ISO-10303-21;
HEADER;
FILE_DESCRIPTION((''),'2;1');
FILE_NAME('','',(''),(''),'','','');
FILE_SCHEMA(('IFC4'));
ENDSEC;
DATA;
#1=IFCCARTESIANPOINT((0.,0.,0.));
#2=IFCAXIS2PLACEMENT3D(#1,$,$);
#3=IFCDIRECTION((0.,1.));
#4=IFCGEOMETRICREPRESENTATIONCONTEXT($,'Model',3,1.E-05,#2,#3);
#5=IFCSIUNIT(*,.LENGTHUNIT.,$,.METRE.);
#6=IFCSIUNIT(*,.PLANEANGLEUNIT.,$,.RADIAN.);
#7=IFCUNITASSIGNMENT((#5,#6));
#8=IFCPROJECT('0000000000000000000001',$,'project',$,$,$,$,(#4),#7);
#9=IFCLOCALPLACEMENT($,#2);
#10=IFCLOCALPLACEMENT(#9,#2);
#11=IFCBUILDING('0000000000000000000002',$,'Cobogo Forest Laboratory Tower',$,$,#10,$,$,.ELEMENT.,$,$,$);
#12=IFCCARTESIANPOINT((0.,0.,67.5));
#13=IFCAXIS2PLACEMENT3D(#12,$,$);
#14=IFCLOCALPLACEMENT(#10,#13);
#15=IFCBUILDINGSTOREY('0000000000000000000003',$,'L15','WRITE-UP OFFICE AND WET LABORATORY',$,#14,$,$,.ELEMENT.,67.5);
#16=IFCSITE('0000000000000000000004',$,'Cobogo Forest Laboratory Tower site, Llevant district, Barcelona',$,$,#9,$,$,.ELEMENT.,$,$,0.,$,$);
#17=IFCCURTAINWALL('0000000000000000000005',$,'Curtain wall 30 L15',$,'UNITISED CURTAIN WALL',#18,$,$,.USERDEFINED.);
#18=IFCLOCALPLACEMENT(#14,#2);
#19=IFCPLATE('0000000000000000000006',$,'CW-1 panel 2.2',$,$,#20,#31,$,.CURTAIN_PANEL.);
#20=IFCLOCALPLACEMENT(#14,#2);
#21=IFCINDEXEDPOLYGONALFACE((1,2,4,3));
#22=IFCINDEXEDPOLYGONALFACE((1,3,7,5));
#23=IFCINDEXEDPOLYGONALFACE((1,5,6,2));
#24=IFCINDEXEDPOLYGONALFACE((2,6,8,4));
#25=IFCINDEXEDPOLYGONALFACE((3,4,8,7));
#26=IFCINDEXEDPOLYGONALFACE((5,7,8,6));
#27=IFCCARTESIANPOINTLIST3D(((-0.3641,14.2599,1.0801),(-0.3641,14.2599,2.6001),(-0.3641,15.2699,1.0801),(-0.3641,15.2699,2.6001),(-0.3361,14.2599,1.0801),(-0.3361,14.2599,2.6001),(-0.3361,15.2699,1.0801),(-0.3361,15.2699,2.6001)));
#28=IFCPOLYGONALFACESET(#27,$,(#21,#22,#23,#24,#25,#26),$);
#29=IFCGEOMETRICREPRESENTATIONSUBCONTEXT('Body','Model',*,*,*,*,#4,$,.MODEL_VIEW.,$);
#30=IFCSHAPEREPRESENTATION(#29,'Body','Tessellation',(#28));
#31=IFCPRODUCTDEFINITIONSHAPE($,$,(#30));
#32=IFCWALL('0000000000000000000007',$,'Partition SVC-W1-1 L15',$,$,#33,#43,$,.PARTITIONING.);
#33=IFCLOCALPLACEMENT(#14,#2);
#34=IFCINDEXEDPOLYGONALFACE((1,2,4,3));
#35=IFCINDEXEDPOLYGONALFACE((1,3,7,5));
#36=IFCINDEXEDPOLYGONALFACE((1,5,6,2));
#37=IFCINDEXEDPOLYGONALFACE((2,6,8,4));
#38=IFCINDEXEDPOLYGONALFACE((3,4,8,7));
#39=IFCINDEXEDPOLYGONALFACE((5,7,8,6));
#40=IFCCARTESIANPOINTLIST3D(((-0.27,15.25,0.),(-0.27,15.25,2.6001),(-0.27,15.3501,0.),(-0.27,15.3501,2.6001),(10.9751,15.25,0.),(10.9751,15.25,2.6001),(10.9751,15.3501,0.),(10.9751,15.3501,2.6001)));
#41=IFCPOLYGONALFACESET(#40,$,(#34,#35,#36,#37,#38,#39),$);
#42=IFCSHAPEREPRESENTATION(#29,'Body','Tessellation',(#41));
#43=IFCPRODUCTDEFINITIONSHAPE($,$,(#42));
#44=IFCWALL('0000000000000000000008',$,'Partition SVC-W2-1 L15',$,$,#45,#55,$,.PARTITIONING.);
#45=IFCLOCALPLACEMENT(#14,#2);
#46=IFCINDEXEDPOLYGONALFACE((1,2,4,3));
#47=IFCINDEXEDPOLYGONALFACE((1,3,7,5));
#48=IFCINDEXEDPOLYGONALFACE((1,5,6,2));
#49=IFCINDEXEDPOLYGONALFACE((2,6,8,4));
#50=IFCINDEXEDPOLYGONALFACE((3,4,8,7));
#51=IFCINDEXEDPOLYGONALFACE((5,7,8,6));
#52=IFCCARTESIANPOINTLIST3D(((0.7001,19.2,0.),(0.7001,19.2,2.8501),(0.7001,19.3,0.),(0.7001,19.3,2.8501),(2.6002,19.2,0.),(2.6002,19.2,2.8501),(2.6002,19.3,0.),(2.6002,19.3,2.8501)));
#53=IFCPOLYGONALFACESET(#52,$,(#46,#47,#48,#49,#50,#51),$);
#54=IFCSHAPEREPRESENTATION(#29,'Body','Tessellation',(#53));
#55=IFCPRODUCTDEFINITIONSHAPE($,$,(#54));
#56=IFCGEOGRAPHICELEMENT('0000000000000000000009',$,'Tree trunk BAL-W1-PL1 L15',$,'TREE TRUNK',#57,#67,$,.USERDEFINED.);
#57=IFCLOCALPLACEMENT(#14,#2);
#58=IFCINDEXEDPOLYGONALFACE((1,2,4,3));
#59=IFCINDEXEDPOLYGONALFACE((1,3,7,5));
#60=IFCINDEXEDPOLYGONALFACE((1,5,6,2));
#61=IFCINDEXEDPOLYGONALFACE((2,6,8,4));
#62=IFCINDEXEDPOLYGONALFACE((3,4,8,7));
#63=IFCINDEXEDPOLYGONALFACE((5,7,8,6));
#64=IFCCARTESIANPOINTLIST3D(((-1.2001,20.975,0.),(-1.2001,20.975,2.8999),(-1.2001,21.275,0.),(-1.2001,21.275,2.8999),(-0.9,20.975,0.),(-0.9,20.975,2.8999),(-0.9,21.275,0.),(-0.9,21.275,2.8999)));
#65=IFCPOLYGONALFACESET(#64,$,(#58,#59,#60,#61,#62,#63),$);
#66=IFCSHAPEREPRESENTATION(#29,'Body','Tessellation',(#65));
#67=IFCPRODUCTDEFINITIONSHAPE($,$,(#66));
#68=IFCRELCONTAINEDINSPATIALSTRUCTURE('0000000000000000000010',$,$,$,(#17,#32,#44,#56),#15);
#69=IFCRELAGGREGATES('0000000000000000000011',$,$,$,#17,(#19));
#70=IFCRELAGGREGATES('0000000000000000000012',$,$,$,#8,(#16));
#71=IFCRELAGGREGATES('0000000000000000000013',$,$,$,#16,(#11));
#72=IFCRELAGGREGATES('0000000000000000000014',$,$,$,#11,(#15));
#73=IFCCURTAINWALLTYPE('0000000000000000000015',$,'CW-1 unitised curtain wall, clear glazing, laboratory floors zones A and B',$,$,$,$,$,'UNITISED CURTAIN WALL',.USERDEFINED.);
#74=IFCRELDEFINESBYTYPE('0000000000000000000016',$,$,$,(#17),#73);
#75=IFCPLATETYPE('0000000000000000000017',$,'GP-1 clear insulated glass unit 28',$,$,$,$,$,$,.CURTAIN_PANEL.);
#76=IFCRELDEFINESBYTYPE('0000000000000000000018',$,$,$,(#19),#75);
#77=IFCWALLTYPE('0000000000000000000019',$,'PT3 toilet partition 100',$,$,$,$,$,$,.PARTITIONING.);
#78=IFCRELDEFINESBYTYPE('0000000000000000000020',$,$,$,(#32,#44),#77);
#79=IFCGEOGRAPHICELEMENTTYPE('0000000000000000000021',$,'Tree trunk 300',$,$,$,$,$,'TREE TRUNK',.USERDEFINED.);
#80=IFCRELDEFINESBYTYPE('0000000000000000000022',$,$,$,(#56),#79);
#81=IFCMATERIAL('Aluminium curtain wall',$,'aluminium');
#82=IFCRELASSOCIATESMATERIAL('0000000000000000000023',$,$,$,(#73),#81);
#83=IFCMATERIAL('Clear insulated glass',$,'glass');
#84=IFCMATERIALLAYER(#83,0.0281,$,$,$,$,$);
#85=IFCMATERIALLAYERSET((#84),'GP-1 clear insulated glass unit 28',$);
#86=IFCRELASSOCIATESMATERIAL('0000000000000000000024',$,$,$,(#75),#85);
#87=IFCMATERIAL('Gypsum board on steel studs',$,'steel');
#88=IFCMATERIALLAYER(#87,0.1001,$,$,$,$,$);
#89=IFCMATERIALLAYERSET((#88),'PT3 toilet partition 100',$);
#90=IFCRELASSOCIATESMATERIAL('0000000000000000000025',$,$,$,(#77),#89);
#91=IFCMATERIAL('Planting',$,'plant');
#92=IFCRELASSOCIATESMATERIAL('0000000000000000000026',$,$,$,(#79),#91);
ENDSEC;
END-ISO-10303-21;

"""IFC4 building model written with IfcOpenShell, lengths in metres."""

from ifc_helpers import new_model, si_unit, direction, frame, frame_2d, origin, origin_2d, place, context, subcontext, project, spatial, rectangle, extrude, material, layer, layer_set, type_object, element, aggregate, save


model = new_model("IFC4")

# Units and contexts
model_context = context("Model", 3, precision=1e-05, world=origin(), true_north=direction((0.0, 1.0)))
body_context = subcontext(model_context, "Body", "Model", "MODEL_VIEW")
ifc_project = project(units=[si_unit("LENGTHUNIT", "METRE"), si_unit("PLANEANGLEUNIT", "RADIAN")], contexts=[model_context])

# Site, building, storey
site_placement = place(None, origin())
site = spatial("IfcSite", under=ifc_project, at=site_placement, Name="Cobogo Forest Laboratory Tower site, Llevant district, Barcelona", CompositionType="ELEMENT", RefElevation=0.0)
building_placement = place(site_placement, origin())
building = spatial("IfcBuilding", under=site, at=building_placement, Name="Cobogo Forest Laboratory Tower", CompositionType="ELEMENT")
storey_placement = place(building_placement, frame((0.0, 0.0, 67.5)))
storey = spatial("IfcBuildingStorey", under=building, at=storey_placement, Name="L15", Description="WRITE-UP OFFICE AND WET LABORATORY", CompositionType="ELEMENT", Elevation=67.5)

# Curtain wall
ifc_material_1 = material(Name="Aluminium curtain wall", Category="aluminium")
curtain_wall_type = type_object("IfcCurtainWallType", Name="CW-1 unitised curtain wall, clear glazing, laboratory floors zones A and B", ElementType="UNITISED CURTAIN WALL", PredefinedType="USERDEFINED", material=ifc_material_1)
curtain_wall_placement = place(storey_placement, origin())
curtain_wall = element("IfcCurtainWall", 1, at=curtain_wall_placement, inside=storey, type_object=curtain_wall_type, Name="Curtain wall 30 L15", ObjectType="UNITISED CURTAIN WALL", PredefinedType="USERDEFINED")

# Plate
ifc_material_2 = material(Name="Clear insulated glass", Category="glass")
ifc_layer_1 = layer(ifc_material_2, 0.0281)
ifc_layer_set_1 = layer_set([ifc_layer_1], Name="GP-1 clear insulated glass unit 28")
plate_type_1 = type_object("IfcPlateType", Name="GP-1 clear insulated glass unit 28", PredefinedType="CURTAIN_PANEL", material=ifc_layer_set_1)
plate_1_placement = place(storey_placement, frame((-0.3501, 14.7649, 1.0801), z_axis=(0.0, 0.0, 1.0), x_axis=(0.0, -1.0, 0.0)))
plate_1 = element("IfcPlate", 2, at=plate_1_placement, type_object=plate_type_1, Name="CW-1 panel 2.2", PredefinedType="CURTAIN_PANEL", context=body_context, shape_type="SweptSolid", body=[
    extrude(rectangle(XDim=1.01, YDim=0.0281, at=origin_2d()), origin(), (0.0, 0.0, 1.0), 1.52),
])
aggregate(curtain_wall, [plate_1])

# Walls
ifc_material_3 = material(Name="Gypsum board on steel studs", Category="steel")
ifc_layer_2 = layer(ifc_material_3, 0.1001)
ifc_layer_set_2 = layer_set([ifc_layer_2], Name="PT3 toilet partition 100")
wall_type = type_object("IfcWallType", Name="PT3 toilet partition 100", PredefinedType="PARTITIONING", material=ifc_layer_set_2)
wall_1_placement = place(storey_placement, frame((-0.27, 15.3, 0.0), z_axis=(0.0, 0.0, 1.0), x_axis=(1.0, 0.0, 0.0)))
element("IfcWall", 3, at=wall_1_placement, inside=storey, type_object=wall_type, Name="Partition SVC-W1-1 L15", PredefinedType="PARTITIONING", context=body_context, shape_type="SweptSolid", body=[
    extrude(rectangle(XDim=11.2451, YDim=0.1001, at=frame_2d((5.6226, 0.0))), origin(), (0.0, 0.0, 1.0), 2.6001),
])
wall_2_placement = place(storey_placement, frame((0.7, 19.25, 0.0), z_axis=(0.0, 0.0, 1.0), x_axis=(1.0, 0.0, 0.0)))
element("IfcWall", 4, at=wall_2_placement, inside=storey, type_object=wall_type, Name="Partition SVC-W2-1 L15", PredefinedType="PARTITIONING", context=body_context, shape_type="SweptSolid", body=[
    extrude(rectangle(XDim=1.9001, YDim=0.1001, at=frame_2d((0.9502, 0.0))), origin(), (0.0, 0.0, 1.0), 2.8501),
])

# Geographic element
ifc_material_4 = material(Name="Planting", Category="plant")
geographic_element_type = type_object("IfcGeographicElementType", Name="Tree trunk 300", ElementType="TREE TRUNK", PredefinedType="USERDEFINED", material=ifc_material_4)
geographic_element_placement = place(storey_placement, frame((-1.05, 21.125, 0.0), z_axis=(0.0, 0.0, 1.0), x_axis=(1.0, 0.0, 0.0)))
element("IfcGeographicElement", 5, at=geographic_element_placement, inside=storey, type_object=geographic_element_type, Name="Tree trunk BAL-W1-PL1 L15", ObjectType="TREE TRUNK", PredefinedType="USERDEFINED", context=body_context, shape_type="SweptSolid", body=[
    extrude(rectangle(XDim=0.3, YDim=0.3, at=origin_2d()), origin(), (0.0, 0.0, 1.0), 2.8999),
])

save(model, "model.ifc")
